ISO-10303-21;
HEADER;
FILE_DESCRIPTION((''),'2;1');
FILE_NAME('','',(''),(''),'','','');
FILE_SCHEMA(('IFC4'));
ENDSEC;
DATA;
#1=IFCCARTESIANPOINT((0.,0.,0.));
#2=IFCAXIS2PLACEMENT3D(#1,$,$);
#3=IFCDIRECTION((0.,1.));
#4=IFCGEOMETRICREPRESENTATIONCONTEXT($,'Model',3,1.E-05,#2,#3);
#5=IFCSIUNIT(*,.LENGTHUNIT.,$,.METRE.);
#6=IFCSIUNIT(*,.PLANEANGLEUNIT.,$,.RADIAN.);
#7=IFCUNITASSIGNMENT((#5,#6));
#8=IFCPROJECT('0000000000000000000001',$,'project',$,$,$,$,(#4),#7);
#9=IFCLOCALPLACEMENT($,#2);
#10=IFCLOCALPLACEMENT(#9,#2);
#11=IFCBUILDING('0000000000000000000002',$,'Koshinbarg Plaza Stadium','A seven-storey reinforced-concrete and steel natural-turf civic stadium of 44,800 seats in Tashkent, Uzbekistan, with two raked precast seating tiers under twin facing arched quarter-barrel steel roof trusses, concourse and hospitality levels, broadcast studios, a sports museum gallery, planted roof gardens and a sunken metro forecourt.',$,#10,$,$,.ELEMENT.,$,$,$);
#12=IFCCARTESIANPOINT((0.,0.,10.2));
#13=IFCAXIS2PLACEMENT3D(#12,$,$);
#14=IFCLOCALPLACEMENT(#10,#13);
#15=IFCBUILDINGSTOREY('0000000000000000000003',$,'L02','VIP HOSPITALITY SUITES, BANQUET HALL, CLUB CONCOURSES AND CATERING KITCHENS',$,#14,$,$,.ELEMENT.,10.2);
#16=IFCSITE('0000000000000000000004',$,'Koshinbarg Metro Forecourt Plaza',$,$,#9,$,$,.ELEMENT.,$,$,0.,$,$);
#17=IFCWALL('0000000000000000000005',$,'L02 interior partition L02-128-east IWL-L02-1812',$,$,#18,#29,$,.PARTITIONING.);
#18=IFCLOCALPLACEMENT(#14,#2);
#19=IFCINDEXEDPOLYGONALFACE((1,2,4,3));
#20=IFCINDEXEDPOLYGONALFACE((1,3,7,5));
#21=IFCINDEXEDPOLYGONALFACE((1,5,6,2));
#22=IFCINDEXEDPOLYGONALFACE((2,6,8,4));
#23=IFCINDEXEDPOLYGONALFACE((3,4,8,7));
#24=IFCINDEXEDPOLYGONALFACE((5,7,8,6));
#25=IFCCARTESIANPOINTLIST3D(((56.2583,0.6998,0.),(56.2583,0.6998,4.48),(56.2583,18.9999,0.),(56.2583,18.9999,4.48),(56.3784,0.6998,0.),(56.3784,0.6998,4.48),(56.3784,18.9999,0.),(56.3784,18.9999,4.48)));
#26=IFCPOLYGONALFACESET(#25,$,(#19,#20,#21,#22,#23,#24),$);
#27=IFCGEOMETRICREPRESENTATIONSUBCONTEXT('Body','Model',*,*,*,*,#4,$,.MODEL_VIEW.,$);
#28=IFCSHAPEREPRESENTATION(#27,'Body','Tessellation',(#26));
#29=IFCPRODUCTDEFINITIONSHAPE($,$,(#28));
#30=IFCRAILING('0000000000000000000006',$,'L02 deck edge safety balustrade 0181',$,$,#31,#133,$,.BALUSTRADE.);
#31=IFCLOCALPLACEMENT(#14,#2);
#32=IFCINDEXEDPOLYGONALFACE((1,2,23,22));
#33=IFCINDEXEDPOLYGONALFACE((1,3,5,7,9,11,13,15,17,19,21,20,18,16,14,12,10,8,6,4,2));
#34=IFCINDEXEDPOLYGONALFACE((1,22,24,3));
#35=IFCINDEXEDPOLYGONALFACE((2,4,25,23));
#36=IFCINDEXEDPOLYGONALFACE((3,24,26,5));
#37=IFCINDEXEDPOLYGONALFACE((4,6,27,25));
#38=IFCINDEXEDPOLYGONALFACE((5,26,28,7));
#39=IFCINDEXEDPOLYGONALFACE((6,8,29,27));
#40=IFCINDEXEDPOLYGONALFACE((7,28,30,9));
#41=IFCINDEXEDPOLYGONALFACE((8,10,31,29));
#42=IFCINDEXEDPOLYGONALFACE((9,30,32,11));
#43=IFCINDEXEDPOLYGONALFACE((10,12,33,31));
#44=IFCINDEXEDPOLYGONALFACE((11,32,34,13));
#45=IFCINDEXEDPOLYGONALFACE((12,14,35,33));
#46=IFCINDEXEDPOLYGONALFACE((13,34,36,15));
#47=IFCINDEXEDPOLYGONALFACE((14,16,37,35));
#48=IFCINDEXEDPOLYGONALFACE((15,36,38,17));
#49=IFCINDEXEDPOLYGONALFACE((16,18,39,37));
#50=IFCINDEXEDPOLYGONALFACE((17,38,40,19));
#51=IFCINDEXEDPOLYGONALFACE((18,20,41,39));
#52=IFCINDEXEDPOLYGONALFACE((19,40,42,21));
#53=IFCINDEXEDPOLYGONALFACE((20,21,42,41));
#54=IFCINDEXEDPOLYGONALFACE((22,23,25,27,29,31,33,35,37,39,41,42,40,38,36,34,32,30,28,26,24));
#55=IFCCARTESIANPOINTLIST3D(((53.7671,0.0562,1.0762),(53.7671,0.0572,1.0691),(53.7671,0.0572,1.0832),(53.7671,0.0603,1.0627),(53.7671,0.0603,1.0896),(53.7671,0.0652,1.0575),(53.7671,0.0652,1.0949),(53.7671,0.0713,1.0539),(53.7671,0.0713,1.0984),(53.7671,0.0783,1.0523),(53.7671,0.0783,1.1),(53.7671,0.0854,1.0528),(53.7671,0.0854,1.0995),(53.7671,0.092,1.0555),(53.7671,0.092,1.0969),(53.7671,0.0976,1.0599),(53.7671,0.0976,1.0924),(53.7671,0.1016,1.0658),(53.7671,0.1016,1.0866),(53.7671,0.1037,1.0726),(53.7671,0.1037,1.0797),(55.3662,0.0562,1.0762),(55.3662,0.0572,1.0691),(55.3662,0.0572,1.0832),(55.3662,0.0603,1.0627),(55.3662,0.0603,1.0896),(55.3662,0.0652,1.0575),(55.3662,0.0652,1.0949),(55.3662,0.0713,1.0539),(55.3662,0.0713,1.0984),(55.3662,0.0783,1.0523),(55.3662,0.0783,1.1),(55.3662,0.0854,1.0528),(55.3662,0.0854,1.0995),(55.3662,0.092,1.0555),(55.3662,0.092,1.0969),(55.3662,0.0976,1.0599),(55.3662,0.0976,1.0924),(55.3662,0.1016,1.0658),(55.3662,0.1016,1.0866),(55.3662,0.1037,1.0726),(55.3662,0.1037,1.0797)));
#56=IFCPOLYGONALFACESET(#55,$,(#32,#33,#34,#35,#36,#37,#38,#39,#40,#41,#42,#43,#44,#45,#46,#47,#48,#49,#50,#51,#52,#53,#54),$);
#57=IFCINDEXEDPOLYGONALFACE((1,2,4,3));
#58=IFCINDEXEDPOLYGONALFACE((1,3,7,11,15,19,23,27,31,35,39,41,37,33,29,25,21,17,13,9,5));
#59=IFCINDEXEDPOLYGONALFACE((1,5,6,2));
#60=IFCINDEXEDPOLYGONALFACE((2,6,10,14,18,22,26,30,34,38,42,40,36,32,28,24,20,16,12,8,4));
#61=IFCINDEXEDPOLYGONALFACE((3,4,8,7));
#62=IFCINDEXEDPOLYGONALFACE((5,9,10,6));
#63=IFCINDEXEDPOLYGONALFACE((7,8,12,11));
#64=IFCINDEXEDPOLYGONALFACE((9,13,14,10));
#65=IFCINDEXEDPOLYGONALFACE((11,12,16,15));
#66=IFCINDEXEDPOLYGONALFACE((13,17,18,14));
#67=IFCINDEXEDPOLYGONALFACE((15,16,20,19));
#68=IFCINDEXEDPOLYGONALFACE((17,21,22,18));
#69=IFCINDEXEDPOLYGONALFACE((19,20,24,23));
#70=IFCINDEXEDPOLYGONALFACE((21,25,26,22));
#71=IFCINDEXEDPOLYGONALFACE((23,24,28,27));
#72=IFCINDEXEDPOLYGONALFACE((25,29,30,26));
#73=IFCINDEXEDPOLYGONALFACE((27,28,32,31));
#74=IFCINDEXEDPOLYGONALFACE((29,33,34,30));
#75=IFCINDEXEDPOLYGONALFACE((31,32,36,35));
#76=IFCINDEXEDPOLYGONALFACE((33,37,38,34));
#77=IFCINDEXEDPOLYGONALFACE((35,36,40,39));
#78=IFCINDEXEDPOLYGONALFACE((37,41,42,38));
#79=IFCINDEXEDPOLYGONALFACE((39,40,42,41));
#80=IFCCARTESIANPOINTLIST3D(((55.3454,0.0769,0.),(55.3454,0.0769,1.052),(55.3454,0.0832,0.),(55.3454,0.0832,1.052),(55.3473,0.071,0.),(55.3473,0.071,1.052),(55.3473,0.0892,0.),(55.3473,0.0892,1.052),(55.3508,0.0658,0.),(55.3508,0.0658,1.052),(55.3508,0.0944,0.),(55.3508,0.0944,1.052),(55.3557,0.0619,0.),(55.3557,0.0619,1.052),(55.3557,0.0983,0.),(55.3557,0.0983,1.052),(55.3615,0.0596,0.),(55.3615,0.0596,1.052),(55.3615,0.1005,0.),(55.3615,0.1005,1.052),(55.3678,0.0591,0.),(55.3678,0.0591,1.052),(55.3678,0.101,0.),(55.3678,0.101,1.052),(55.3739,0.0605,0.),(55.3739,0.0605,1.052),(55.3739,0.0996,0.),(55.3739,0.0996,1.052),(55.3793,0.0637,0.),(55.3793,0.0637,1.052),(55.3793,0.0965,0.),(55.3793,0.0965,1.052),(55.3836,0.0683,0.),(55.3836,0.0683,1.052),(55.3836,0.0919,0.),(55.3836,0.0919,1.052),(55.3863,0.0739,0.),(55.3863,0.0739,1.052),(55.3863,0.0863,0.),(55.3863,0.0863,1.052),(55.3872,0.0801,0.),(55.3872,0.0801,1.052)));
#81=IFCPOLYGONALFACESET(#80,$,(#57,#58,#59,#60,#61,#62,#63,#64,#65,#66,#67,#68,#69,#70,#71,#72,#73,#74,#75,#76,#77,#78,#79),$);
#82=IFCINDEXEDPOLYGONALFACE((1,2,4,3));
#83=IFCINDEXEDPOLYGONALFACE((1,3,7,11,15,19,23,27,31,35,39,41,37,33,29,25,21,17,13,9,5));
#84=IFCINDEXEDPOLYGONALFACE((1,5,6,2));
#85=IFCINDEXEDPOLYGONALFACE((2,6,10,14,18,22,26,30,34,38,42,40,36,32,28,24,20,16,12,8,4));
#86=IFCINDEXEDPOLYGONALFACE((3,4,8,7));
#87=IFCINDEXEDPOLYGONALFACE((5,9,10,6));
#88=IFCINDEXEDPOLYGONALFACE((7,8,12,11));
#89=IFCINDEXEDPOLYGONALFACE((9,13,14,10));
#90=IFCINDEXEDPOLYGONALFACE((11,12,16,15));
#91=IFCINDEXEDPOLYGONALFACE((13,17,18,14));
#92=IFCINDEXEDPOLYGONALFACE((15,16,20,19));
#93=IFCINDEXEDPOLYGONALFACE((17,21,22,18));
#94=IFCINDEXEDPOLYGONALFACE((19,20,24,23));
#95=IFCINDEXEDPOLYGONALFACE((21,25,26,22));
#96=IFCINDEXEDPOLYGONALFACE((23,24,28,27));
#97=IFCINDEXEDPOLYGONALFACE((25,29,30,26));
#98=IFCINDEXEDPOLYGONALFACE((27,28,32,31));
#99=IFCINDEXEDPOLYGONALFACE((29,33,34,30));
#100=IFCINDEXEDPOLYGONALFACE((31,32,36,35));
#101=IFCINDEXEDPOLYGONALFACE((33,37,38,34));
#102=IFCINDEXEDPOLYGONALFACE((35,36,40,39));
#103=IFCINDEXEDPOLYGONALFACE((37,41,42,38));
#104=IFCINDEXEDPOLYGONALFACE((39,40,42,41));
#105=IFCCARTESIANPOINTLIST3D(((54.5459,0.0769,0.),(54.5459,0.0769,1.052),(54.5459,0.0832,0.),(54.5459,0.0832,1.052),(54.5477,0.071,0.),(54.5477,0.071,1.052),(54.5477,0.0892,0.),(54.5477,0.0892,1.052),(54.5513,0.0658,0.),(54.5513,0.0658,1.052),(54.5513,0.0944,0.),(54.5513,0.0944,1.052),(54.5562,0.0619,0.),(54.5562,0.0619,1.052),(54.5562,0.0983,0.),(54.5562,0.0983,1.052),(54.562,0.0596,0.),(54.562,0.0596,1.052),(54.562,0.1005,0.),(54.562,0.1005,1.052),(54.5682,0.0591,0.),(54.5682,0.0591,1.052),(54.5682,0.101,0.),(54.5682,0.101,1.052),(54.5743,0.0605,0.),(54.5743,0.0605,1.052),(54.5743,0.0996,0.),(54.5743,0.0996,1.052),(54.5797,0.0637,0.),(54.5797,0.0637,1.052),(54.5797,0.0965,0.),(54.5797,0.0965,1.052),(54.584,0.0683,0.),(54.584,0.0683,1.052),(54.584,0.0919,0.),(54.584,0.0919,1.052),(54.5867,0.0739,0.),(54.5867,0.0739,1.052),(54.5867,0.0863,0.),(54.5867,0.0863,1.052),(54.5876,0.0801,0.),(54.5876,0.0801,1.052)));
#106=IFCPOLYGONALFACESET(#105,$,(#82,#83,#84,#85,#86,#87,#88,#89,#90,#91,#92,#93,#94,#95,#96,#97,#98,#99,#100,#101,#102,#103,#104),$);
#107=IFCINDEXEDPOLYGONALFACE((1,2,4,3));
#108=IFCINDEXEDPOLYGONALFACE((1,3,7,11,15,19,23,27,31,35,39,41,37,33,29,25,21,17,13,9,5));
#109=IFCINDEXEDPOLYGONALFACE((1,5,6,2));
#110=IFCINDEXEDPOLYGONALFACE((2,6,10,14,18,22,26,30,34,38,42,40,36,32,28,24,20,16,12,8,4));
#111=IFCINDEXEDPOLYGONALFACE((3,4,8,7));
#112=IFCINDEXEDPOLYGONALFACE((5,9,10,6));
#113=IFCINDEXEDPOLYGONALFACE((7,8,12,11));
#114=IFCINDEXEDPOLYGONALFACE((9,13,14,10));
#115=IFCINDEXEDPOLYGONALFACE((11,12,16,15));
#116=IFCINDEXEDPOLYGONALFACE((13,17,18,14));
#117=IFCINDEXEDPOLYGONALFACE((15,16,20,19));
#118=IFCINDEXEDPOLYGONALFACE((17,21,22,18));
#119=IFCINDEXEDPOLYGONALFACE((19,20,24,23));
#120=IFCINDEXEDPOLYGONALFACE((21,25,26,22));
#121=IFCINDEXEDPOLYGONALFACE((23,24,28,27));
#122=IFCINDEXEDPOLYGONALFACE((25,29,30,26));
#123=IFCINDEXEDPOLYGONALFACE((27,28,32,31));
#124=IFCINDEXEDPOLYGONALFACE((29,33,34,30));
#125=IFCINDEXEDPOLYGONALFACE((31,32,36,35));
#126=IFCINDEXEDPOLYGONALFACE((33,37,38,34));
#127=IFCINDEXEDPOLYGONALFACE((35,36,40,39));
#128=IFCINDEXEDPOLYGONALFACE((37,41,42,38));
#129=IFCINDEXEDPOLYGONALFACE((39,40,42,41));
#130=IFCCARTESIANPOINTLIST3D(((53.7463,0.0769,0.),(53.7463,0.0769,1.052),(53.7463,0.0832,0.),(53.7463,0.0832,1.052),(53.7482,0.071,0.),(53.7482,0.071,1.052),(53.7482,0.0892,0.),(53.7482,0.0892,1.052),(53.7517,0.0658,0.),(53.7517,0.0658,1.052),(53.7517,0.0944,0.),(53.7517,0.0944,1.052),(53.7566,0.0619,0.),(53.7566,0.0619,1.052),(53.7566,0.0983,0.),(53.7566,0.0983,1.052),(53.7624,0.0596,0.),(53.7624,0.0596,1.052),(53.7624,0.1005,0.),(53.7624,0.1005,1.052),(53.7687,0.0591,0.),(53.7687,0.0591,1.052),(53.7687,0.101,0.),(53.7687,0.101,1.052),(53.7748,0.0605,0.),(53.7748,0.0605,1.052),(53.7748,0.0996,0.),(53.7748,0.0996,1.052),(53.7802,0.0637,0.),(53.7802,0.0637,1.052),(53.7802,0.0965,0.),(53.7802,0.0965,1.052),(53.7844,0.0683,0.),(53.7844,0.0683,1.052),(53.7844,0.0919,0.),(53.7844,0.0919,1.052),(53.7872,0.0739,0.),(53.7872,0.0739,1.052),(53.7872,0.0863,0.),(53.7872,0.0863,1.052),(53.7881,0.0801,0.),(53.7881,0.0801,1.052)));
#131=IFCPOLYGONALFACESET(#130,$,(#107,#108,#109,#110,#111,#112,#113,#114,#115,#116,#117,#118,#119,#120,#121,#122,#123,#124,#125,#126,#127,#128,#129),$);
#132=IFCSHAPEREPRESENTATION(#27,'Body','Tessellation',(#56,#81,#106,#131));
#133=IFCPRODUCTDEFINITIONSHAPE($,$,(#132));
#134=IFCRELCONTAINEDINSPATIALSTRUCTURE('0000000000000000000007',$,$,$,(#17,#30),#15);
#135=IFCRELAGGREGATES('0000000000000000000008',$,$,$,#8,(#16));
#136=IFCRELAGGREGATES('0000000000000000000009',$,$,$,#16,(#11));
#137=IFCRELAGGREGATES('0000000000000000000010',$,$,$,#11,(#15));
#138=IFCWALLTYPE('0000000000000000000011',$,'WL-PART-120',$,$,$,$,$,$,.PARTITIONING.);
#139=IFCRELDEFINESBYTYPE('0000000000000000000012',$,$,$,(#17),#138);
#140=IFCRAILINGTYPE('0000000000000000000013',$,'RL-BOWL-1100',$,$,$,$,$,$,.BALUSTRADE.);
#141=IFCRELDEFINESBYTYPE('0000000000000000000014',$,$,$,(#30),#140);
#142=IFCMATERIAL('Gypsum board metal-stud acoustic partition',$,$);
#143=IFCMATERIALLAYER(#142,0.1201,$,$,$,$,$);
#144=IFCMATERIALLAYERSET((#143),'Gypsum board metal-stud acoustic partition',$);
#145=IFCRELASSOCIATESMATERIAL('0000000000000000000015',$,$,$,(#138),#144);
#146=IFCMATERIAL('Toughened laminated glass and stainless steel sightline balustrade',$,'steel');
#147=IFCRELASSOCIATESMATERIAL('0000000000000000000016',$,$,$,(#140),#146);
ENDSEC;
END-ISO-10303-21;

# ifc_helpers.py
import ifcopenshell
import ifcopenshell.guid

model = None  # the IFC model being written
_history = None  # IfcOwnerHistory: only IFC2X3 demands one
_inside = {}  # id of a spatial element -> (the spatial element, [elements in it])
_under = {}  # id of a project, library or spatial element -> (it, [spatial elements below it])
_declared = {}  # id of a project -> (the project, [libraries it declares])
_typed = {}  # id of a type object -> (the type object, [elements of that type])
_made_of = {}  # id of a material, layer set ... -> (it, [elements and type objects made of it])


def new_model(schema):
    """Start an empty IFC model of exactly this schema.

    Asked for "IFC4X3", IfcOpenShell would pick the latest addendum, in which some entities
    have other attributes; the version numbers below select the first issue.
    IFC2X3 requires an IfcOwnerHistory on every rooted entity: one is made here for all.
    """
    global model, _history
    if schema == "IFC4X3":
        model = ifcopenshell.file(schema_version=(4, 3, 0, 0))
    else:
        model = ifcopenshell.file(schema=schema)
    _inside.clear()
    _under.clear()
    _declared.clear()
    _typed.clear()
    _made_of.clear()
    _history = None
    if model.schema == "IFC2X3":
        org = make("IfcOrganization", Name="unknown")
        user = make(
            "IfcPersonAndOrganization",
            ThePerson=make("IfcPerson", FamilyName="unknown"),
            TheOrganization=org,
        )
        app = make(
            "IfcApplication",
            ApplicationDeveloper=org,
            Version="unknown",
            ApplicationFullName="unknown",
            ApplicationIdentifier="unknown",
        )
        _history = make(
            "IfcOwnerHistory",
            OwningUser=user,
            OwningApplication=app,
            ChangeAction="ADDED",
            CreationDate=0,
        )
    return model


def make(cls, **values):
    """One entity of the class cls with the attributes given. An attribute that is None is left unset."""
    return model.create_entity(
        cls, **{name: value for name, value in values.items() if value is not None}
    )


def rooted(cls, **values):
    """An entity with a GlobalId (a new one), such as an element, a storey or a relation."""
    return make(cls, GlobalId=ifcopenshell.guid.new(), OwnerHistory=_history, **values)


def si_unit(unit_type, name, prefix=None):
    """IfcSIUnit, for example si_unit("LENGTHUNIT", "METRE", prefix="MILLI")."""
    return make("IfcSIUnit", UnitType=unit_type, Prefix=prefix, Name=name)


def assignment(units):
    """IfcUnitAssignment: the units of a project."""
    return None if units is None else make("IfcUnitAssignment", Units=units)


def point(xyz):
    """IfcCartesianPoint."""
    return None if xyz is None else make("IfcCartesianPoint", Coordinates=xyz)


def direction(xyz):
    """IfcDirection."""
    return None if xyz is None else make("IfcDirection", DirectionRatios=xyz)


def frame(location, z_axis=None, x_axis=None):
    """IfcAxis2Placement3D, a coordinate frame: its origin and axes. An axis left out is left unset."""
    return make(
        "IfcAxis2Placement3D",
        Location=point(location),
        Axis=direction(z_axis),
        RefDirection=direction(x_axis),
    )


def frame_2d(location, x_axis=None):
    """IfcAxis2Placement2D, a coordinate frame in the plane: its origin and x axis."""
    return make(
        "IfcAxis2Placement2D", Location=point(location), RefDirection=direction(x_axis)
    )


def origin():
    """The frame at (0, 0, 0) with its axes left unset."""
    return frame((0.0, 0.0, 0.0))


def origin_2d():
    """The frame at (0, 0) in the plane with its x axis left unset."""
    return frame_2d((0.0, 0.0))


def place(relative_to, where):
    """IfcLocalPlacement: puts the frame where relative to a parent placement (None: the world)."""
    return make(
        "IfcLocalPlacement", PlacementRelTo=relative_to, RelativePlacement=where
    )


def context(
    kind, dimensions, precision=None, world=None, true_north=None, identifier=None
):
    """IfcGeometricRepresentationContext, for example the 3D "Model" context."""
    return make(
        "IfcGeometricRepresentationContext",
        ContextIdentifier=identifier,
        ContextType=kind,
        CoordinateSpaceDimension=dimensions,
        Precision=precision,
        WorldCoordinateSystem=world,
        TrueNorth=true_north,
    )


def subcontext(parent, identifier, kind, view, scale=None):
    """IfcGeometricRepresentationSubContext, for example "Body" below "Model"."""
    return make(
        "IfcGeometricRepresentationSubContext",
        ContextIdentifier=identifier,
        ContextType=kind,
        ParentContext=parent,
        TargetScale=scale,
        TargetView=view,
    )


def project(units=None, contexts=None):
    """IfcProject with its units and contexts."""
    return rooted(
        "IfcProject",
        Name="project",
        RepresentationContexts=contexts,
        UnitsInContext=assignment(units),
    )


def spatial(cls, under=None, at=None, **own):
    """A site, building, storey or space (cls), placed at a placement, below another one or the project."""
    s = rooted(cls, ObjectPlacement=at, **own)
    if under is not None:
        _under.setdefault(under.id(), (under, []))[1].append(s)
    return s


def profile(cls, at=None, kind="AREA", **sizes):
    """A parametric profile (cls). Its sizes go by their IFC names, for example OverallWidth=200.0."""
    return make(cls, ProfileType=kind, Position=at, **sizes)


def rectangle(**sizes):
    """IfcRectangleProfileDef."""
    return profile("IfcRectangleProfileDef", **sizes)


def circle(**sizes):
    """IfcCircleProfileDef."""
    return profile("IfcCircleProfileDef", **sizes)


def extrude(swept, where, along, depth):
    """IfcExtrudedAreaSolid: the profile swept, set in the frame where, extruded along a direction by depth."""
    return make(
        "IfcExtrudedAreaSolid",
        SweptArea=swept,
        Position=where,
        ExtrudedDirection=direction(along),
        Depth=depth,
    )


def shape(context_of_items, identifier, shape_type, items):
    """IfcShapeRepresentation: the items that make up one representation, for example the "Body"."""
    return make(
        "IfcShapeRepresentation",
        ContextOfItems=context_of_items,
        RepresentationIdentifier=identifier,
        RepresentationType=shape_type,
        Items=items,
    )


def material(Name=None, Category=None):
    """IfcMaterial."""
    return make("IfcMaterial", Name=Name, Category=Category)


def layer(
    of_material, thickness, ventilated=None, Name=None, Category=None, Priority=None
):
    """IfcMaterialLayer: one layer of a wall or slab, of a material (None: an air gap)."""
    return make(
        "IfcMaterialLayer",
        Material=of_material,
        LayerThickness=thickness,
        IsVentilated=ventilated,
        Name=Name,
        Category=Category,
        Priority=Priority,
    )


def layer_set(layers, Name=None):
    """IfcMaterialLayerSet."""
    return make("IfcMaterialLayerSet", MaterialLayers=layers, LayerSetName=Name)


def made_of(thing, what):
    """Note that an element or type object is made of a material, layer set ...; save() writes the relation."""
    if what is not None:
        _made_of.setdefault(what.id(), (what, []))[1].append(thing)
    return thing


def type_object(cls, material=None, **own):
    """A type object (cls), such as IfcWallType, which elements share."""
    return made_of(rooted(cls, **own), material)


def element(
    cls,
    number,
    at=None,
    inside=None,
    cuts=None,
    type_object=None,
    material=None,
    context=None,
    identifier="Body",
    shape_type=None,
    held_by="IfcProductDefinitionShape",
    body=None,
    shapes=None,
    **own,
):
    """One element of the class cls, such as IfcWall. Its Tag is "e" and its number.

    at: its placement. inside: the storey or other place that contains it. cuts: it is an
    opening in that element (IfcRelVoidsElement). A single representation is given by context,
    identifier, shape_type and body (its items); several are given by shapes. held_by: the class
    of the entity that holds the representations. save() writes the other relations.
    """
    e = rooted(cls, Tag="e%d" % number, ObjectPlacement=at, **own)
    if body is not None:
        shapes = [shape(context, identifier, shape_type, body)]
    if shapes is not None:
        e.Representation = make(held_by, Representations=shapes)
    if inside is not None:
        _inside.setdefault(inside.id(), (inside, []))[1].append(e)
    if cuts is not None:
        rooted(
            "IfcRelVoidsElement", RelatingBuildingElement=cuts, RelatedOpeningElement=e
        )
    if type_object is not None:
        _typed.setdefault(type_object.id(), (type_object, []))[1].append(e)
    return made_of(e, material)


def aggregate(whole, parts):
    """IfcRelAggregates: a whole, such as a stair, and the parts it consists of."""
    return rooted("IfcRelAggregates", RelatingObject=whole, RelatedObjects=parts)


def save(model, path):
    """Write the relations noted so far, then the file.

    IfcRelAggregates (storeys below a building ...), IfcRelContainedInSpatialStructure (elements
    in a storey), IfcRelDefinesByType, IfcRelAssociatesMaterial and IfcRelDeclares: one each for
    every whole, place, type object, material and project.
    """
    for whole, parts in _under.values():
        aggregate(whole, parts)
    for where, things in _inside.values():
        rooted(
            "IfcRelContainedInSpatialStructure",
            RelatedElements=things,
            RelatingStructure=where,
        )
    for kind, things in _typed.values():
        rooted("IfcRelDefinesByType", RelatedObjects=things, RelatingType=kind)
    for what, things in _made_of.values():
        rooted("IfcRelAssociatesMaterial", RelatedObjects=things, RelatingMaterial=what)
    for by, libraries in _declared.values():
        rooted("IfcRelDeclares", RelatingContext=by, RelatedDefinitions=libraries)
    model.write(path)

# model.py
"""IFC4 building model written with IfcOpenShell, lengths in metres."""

from ifc_helpers import new_model, si_unit, direction, frame, frame_2d, origin, origin_2d, place, context, subcontext, project, spatial, rectangle, circle, extrude, material, layer, layer_set, type_object, element, save


model = new_model("IFC4")

# Units and contexts
model_context = context("Model", 3, precision=1e-05, world=origin(), true_north=direction((0.0, 1.0)))
body_context = subcontext(model_context, "Body", "Model", "MODEL_VIEW")
ifc_project = project(units=[si_unit("LENGTHUNIT", "METRE"), si_unit("PLANEANGLEUNIT", "RADIAN")], contexts=[model_context])

# Site, building, storey
site_placement = place(None, origin())
site = spatial("IfcSite", under=ifc_project, at=site_placement, Name="Koshinbarg Metro Forecourt Plaza", CompositionType="ELEMENT", RefElevation=0.0)
building_placement = place(site_placement, origin())
building = spatial("IfcBuilding", under=site, at=building_placement, Name="Koshinbarg Plaza Stadium", Description="A seven-storey reinforced-concrete and steel natural-turf civic stadium of 44,800 seats in Tashkent, Uzbekistan, with two raked precast seating tiers under twin facing arched quarter-barrel steel roof trusses, concourse and hospitality levels, broadcast studios, a sports museum gallery, planted roof gardens and a sunken metro forecourt.", CompositionType="ELEMENT")
storey_placement = place(building_placement, frame((0.0, 0.0, 10.2)))
storey = spatial("IfcBuildingStorey", under=building, at=storey_placement, Name="L02", Description="VIP HOSPITALITY SUITES, BANQUET HALL, CLUB CONCOURSES AND CATERING KITCHENS", CompositionType="ELEMENT", Elevation=10.2)

# Wall
ifc_material_1 = material(Name="Gypsum board metal-stud acoustic partition")
ifc_layer_1 = layer(ifc_material_1, 0.1201)
ifc_layer_set_1 = layer_set([ifc_layer_1], Name="Gypsum board metal-stud acoustic partition")
wall_type = type_object("IfcWallType", Name="WL-PART-120", PredefinedType="PARTITIONING", material=ifc_layer_set_1)
wall_placement = place(storey_placement, frame((56.3184, 0.7, 0.0), z_axis=(0.0, 0.0, 1.0), x_axis=(0.0, 1.0, 0.0)))
element("IfcWall", 1, at=wall_placement, inside=storey, type_object=wall_type, Name="L02 interior partition L02-128-east IWL-L02-1812", PredefinedType="PARTITIONING", context=body_context, shape_type="SweptSolid", body=[
    extrude(rectangle(XDim=18.3, YDim=0.1201, at=frame_2d((9.1499, 0.0))), origin(), (0.0, 0.0, 1.0), 4.48),
])

# Railing
ifc_material_2 = material(Name="Toughened laminated glass and stainless steel sightline balustrade", Category="steel")
railing_type = type_object("IfcRailingType", Name="RL-BOWL-1100", PredefinedType="BALUSTRADE", material=ifc_material_2)
railing_1_placement = place(storey_placement, frame((55.3662, 0.0801, 0.0)))
element("IfcRailing", 2, at=railing_1_placement, inside=storey, type_object=railing_type, Name="L02 deck edge safety balustrade 0181", PredefinedType="BALUSTRADE", context=body_context, shape_type="SweptSolid", body=[
    extrude(circle(Radius=0.0239, at=origin_2d()), frame((0.0, 0.0, 1.0762), z_axis=(-1.0, 0.0, 0.0), x_axis=(0.0, -1.0, 0.0)), (0.0, 0.0, 1.0), 1.5991),
    extrude(circle(Radius=0.021, at=origin_2d()), origin(), (0.0, 0.0, 1.0), 1.052),
    extrude(circle(Radius=0.021, at=origin_2d()), frame((-0.7996, 0.0, 0.0)), (0.0, 0.0, 1.0), 1.052),
    extrude(circle(Radius=0.021, at=origin_2d()), frame((-1.5991, 0.0, 0.0)), (0.0, 0.0, 1.0), 1.052),
])

save(model, "model.ifc")
